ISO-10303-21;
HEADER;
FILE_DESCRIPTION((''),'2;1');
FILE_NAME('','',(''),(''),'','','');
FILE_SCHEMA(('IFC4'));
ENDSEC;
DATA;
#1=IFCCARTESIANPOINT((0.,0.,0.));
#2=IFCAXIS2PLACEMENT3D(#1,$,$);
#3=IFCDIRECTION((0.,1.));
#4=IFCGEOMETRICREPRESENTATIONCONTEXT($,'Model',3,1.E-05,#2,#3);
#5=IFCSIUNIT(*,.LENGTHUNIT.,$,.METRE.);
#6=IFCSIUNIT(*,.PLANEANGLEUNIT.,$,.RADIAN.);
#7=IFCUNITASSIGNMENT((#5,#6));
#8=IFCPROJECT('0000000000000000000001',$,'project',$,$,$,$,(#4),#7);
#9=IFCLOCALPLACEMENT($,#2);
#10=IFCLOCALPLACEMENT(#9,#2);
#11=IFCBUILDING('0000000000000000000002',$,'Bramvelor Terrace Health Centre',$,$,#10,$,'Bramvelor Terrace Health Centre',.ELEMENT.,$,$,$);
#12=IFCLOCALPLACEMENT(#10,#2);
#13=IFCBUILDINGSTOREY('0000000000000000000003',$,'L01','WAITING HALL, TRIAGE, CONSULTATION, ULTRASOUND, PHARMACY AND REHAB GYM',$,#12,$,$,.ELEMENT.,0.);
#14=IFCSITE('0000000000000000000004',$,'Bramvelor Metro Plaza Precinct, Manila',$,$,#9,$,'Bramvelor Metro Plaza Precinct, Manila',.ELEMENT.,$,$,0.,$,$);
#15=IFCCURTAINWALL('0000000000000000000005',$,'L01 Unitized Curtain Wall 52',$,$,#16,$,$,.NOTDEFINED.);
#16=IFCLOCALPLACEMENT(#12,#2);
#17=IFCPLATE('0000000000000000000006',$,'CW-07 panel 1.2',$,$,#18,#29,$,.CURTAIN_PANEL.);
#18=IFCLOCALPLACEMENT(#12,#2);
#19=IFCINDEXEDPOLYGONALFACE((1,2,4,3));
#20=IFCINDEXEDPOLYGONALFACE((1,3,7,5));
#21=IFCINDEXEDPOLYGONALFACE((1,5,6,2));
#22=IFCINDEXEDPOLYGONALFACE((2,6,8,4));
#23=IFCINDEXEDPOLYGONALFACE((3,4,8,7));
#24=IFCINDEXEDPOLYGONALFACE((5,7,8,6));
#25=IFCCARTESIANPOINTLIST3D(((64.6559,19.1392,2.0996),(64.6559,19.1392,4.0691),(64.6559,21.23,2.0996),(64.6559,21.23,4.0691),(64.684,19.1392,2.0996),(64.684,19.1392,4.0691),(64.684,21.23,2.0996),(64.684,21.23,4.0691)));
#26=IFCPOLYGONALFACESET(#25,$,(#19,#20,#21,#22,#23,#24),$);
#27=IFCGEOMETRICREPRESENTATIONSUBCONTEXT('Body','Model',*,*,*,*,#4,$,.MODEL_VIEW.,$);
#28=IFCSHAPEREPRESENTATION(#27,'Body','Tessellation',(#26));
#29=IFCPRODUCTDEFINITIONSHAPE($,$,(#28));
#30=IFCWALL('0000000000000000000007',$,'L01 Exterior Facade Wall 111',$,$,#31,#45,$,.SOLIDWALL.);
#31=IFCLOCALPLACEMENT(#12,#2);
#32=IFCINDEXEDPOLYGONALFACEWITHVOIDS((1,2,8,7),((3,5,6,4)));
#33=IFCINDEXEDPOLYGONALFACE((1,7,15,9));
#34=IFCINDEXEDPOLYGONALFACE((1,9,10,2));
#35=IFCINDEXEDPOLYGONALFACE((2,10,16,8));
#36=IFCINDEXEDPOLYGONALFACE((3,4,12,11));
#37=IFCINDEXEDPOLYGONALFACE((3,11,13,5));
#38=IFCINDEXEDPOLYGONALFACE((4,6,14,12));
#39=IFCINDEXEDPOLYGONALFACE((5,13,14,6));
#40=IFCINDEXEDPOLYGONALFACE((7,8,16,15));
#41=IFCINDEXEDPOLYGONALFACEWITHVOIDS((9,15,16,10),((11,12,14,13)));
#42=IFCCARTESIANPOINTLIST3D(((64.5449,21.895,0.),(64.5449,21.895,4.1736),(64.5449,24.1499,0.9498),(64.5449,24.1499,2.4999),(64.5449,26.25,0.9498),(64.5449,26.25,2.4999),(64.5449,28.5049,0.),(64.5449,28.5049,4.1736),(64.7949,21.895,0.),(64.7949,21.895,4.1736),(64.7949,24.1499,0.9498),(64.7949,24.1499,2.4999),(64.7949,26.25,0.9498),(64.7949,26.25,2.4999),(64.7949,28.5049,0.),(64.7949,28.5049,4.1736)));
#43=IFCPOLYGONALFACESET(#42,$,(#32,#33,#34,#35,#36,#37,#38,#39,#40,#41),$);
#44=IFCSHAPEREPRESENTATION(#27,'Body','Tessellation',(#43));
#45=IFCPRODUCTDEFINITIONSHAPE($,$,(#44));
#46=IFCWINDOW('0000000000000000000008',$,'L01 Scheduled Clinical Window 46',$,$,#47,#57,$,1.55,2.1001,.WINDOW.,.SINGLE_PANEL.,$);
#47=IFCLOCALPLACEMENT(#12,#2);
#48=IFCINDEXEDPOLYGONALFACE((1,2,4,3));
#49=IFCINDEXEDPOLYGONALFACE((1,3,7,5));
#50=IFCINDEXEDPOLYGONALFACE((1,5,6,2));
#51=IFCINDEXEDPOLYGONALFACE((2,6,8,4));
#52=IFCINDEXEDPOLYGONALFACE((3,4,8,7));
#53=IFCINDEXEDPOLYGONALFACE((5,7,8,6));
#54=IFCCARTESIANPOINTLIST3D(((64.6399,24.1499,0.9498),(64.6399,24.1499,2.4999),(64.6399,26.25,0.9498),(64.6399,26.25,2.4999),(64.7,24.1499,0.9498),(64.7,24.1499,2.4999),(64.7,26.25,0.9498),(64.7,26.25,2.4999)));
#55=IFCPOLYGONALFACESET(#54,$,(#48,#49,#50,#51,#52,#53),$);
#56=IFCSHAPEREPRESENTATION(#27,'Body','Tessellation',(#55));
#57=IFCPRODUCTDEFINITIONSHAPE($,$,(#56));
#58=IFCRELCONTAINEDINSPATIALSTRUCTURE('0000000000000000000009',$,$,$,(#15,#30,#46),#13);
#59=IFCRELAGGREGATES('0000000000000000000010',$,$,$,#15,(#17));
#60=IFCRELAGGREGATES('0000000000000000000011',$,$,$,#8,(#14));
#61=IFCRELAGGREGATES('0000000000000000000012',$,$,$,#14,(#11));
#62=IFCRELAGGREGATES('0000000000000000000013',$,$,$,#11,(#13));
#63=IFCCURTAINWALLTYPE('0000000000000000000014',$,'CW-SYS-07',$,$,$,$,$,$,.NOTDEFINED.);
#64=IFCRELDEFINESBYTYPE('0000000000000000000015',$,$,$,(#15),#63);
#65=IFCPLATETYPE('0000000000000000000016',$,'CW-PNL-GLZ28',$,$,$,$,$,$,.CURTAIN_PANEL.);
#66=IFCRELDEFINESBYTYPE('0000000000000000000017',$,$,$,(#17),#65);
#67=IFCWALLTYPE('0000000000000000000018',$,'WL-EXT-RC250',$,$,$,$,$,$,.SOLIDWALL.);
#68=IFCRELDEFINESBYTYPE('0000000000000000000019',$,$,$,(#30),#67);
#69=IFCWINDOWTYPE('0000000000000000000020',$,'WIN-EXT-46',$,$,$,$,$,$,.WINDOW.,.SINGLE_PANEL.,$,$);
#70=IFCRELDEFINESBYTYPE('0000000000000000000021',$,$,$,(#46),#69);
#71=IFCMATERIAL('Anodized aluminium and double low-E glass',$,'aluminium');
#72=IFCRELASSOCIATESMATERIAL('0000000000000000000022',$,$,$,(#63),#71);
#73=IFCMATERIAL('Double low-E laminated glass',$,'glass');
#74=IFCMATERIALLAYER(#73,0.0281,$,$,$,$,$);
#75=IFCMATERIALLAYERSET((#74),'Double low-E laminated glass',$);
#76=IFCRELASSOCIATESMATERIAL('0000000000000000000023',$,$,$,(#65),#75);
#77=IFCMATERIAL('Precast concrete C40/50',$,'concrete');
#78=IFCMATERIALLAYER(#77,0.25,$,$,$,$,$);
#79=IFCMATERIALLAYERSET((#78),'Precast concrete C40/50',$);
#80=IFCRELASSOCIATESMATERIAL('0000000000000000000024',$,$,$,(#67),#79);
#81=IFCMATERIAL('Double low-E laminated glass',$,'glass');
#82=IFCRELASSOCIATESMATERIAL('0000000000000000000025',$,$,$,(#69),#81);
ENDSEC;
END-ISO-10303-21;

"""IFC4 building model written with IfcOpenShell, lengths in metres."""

from ifc_helpers import new_model, si_unit, direction, frame, frame_2d, origin, origin_2d, place, context, subcontext, project, spatial, rectangle, extrude, material, layer, layer_set, type_object, element, fill, aggregate, save


model = new_model("IFC4")

# Units and contexts
model_context = context("Model", 3, precision=1e-05, world=origin(), true_north=direction((0.0, 1.0)))
body_context = subcontext(model_context, "Body", "Model", "MODEL_VIEW")
ifc_project = project(units=[si_unit("LENGTHUNIT", "METRE"), si_unit("PLANEANGLEUNIT", "RADIAN")], contexts=[model_context])

# Site, building, storey
site_placement = place(None, origin())
site = spatial("IfcSite", under=ifc_project, at=site_placement, Name="Bramvelor Metro Plaza Precinct, Manila", LongName="Bramvelor Metro Plaza Precinct, Manila", CompositionType="ELEMENT", RefElevation=0.0)
building_placement = place(site_placement, origin())
building = spatial("IfcBuilding", under=site, at=building_placement, Name="Bramvelor Terrace Health Centre", LongName="Bramvelor Terrace Health Centre", CompositionType="ELEMENT")
storey_placement = place(building_placement, origin())
storey = spatial("IfcBuildingStorey", under=building, at=storey_placement, Name="L01", Description="WAITING HALL, TRIAGE, CONSULTATION, ULTRASOUND, PHARMACY AND REHAB GYM", CompositionType="ELEMENT", Elevation=0.0)

# Shared definitions
ifc_material_1 = material(Name="Anodized aluminium and double low-E glass", Category="aluminium")
curtain_wall_type = type_object("IfcCurtainWallType", Name="CW-SYS-07", PredefinedType="NOTDEFINED", material=ifc_material_1)

# Curtain wall
curtain_wall_1_placement = place(storey_placement, origin())
curtain_wall_1 = element("IfcCurtainWall", 1, at=curtain_wall_1_placement, inside=storey, type_object=curtain_wall_type, Name="L01 Unitized Curtain Wall 52", PredefinedType="NOTDEFINED")

# Plate
ifc_material_2 = material(Name="Double low-E laminated glass", Category="glass")
ifc_layer_1 = layer(ifc_material_2, 0.0281)
ifc_layer_set_1 = layer_set([ifc_layer_1], Name="Double low-E laminated glass")
plate_type = type_object("IfcPlateType", Name="CW-PNL-GLZ28", PredefinedType="CURTAIN_PANEL", material=ifc_layer_set_1)
plate_1_placement = place(storey_placement, frame((64.6699, 20.1846, 2.0996), z_axis=(0.0, 0.0, 1.0), x_axis=(0.0, -1.0, 0.0)))
plate_1 = element("IfcPlate", 2, at=plate_1_placement, type_object=plate_type, Name="CW-07 panel 1.2", PredefinedType="CURTAIN_PANEL", context=body_context, shape_type="SweptSolid", body=[
    extrude(rectangle(XDim=2.0908, YDim=0.0281, at=origin_2d()), origin(), (0.0, 0.0, 1.0), 1.9695),
])
aggregate(curtain_wall_1, [plate_1])

# Wall, opening, window
ifc_material_3 = material(Name="Precast concrete C40/50", Category="concrete")
ifc_layer_2 = layer(ifc_material_3, 0.25)
ifc_layer_set_2 = layer_set([ifc_layer_2], Name="Precast concrete C40/50")
wall_type = type_object("IfcWallType", Name="WL-EXT-RC250", PredefinedType="SOLIDWALL", material=ifc_layer_set_2)
wall_placement = place(storey_placement, frame((64.6699, 28.5049, 0.0), z_axis=(0.0, 0.0, 1.0), x_axis=(0.0, -1.0, 0.0)))
wall = element("IfcWall", 3, at=wall_placement, inside=storey, type_object=wall_type, Name="L01 Exterior Facade Wall 111", PredefinedType="SOLIDWALL", context=body_context, shape_type="SweptSolid", body=[
    extrude(rectangle(XDim=6.6099, YDim=0.25, at=frame_2d((3.3049, 0.0))), origin(), (0.0, 0.0, 1.0), 4.1736),
])
opening_placement = place(wall_placement, frame((2.2549, 0.0, 0.95)))
opening = element("IfcOpeningElement", 4, at=opening_placement, cuts=wall, PredefinedType="OPENING", context=body_context, shape_type="SweptSolid", body=[
    extrude(rectangle(XDim=2.1001, YDim=1.55, at=frame_2d((1.05, 0.7749))), frame((0.0, 0.135, 0.0), z_axis=(0.0, -1.0, 0.0), x_axis=(1.0, 0.0, 0.0)), (0.0, 0.0, 1.0), 0.27),
])
ifc_material_4 = material(Name="Double low-E laminated glass", Category="glass")
window_type = type_object("IfcWindowType", Name="WIN-EXT-46", PartitioningType="SINGLE_PANEL", PredefinedType="WINDOW", material=ifc_material_4)
window_placement = place(opening_placement, origin())
window = element("IfcWindow", 5, at=window_placement, inside=storey, type_object=window_type, Name="L01 Scheduled Clinical Window 46", OverallHeight=1.55, OverallWidth=2.1001, PartitioningType="SINGLE_PANEL", PredefinedType="WINDOW", context=body_context, shape_type="SweptSolid", body=[
    extrude(rectangle(XDim=2.1001, YDim=1.55, at=frame_2d((1.05, 0.7749))), frame((0.0, 0.03, 0.0), z_axis=(0.0, -1.0, 0.0), x_axis=(1.0, 0.0, 0.0)), (0.0, 0.0, 1.0), 0.0601),
])
fill(opening, window)

save(model, "model.ifc")
